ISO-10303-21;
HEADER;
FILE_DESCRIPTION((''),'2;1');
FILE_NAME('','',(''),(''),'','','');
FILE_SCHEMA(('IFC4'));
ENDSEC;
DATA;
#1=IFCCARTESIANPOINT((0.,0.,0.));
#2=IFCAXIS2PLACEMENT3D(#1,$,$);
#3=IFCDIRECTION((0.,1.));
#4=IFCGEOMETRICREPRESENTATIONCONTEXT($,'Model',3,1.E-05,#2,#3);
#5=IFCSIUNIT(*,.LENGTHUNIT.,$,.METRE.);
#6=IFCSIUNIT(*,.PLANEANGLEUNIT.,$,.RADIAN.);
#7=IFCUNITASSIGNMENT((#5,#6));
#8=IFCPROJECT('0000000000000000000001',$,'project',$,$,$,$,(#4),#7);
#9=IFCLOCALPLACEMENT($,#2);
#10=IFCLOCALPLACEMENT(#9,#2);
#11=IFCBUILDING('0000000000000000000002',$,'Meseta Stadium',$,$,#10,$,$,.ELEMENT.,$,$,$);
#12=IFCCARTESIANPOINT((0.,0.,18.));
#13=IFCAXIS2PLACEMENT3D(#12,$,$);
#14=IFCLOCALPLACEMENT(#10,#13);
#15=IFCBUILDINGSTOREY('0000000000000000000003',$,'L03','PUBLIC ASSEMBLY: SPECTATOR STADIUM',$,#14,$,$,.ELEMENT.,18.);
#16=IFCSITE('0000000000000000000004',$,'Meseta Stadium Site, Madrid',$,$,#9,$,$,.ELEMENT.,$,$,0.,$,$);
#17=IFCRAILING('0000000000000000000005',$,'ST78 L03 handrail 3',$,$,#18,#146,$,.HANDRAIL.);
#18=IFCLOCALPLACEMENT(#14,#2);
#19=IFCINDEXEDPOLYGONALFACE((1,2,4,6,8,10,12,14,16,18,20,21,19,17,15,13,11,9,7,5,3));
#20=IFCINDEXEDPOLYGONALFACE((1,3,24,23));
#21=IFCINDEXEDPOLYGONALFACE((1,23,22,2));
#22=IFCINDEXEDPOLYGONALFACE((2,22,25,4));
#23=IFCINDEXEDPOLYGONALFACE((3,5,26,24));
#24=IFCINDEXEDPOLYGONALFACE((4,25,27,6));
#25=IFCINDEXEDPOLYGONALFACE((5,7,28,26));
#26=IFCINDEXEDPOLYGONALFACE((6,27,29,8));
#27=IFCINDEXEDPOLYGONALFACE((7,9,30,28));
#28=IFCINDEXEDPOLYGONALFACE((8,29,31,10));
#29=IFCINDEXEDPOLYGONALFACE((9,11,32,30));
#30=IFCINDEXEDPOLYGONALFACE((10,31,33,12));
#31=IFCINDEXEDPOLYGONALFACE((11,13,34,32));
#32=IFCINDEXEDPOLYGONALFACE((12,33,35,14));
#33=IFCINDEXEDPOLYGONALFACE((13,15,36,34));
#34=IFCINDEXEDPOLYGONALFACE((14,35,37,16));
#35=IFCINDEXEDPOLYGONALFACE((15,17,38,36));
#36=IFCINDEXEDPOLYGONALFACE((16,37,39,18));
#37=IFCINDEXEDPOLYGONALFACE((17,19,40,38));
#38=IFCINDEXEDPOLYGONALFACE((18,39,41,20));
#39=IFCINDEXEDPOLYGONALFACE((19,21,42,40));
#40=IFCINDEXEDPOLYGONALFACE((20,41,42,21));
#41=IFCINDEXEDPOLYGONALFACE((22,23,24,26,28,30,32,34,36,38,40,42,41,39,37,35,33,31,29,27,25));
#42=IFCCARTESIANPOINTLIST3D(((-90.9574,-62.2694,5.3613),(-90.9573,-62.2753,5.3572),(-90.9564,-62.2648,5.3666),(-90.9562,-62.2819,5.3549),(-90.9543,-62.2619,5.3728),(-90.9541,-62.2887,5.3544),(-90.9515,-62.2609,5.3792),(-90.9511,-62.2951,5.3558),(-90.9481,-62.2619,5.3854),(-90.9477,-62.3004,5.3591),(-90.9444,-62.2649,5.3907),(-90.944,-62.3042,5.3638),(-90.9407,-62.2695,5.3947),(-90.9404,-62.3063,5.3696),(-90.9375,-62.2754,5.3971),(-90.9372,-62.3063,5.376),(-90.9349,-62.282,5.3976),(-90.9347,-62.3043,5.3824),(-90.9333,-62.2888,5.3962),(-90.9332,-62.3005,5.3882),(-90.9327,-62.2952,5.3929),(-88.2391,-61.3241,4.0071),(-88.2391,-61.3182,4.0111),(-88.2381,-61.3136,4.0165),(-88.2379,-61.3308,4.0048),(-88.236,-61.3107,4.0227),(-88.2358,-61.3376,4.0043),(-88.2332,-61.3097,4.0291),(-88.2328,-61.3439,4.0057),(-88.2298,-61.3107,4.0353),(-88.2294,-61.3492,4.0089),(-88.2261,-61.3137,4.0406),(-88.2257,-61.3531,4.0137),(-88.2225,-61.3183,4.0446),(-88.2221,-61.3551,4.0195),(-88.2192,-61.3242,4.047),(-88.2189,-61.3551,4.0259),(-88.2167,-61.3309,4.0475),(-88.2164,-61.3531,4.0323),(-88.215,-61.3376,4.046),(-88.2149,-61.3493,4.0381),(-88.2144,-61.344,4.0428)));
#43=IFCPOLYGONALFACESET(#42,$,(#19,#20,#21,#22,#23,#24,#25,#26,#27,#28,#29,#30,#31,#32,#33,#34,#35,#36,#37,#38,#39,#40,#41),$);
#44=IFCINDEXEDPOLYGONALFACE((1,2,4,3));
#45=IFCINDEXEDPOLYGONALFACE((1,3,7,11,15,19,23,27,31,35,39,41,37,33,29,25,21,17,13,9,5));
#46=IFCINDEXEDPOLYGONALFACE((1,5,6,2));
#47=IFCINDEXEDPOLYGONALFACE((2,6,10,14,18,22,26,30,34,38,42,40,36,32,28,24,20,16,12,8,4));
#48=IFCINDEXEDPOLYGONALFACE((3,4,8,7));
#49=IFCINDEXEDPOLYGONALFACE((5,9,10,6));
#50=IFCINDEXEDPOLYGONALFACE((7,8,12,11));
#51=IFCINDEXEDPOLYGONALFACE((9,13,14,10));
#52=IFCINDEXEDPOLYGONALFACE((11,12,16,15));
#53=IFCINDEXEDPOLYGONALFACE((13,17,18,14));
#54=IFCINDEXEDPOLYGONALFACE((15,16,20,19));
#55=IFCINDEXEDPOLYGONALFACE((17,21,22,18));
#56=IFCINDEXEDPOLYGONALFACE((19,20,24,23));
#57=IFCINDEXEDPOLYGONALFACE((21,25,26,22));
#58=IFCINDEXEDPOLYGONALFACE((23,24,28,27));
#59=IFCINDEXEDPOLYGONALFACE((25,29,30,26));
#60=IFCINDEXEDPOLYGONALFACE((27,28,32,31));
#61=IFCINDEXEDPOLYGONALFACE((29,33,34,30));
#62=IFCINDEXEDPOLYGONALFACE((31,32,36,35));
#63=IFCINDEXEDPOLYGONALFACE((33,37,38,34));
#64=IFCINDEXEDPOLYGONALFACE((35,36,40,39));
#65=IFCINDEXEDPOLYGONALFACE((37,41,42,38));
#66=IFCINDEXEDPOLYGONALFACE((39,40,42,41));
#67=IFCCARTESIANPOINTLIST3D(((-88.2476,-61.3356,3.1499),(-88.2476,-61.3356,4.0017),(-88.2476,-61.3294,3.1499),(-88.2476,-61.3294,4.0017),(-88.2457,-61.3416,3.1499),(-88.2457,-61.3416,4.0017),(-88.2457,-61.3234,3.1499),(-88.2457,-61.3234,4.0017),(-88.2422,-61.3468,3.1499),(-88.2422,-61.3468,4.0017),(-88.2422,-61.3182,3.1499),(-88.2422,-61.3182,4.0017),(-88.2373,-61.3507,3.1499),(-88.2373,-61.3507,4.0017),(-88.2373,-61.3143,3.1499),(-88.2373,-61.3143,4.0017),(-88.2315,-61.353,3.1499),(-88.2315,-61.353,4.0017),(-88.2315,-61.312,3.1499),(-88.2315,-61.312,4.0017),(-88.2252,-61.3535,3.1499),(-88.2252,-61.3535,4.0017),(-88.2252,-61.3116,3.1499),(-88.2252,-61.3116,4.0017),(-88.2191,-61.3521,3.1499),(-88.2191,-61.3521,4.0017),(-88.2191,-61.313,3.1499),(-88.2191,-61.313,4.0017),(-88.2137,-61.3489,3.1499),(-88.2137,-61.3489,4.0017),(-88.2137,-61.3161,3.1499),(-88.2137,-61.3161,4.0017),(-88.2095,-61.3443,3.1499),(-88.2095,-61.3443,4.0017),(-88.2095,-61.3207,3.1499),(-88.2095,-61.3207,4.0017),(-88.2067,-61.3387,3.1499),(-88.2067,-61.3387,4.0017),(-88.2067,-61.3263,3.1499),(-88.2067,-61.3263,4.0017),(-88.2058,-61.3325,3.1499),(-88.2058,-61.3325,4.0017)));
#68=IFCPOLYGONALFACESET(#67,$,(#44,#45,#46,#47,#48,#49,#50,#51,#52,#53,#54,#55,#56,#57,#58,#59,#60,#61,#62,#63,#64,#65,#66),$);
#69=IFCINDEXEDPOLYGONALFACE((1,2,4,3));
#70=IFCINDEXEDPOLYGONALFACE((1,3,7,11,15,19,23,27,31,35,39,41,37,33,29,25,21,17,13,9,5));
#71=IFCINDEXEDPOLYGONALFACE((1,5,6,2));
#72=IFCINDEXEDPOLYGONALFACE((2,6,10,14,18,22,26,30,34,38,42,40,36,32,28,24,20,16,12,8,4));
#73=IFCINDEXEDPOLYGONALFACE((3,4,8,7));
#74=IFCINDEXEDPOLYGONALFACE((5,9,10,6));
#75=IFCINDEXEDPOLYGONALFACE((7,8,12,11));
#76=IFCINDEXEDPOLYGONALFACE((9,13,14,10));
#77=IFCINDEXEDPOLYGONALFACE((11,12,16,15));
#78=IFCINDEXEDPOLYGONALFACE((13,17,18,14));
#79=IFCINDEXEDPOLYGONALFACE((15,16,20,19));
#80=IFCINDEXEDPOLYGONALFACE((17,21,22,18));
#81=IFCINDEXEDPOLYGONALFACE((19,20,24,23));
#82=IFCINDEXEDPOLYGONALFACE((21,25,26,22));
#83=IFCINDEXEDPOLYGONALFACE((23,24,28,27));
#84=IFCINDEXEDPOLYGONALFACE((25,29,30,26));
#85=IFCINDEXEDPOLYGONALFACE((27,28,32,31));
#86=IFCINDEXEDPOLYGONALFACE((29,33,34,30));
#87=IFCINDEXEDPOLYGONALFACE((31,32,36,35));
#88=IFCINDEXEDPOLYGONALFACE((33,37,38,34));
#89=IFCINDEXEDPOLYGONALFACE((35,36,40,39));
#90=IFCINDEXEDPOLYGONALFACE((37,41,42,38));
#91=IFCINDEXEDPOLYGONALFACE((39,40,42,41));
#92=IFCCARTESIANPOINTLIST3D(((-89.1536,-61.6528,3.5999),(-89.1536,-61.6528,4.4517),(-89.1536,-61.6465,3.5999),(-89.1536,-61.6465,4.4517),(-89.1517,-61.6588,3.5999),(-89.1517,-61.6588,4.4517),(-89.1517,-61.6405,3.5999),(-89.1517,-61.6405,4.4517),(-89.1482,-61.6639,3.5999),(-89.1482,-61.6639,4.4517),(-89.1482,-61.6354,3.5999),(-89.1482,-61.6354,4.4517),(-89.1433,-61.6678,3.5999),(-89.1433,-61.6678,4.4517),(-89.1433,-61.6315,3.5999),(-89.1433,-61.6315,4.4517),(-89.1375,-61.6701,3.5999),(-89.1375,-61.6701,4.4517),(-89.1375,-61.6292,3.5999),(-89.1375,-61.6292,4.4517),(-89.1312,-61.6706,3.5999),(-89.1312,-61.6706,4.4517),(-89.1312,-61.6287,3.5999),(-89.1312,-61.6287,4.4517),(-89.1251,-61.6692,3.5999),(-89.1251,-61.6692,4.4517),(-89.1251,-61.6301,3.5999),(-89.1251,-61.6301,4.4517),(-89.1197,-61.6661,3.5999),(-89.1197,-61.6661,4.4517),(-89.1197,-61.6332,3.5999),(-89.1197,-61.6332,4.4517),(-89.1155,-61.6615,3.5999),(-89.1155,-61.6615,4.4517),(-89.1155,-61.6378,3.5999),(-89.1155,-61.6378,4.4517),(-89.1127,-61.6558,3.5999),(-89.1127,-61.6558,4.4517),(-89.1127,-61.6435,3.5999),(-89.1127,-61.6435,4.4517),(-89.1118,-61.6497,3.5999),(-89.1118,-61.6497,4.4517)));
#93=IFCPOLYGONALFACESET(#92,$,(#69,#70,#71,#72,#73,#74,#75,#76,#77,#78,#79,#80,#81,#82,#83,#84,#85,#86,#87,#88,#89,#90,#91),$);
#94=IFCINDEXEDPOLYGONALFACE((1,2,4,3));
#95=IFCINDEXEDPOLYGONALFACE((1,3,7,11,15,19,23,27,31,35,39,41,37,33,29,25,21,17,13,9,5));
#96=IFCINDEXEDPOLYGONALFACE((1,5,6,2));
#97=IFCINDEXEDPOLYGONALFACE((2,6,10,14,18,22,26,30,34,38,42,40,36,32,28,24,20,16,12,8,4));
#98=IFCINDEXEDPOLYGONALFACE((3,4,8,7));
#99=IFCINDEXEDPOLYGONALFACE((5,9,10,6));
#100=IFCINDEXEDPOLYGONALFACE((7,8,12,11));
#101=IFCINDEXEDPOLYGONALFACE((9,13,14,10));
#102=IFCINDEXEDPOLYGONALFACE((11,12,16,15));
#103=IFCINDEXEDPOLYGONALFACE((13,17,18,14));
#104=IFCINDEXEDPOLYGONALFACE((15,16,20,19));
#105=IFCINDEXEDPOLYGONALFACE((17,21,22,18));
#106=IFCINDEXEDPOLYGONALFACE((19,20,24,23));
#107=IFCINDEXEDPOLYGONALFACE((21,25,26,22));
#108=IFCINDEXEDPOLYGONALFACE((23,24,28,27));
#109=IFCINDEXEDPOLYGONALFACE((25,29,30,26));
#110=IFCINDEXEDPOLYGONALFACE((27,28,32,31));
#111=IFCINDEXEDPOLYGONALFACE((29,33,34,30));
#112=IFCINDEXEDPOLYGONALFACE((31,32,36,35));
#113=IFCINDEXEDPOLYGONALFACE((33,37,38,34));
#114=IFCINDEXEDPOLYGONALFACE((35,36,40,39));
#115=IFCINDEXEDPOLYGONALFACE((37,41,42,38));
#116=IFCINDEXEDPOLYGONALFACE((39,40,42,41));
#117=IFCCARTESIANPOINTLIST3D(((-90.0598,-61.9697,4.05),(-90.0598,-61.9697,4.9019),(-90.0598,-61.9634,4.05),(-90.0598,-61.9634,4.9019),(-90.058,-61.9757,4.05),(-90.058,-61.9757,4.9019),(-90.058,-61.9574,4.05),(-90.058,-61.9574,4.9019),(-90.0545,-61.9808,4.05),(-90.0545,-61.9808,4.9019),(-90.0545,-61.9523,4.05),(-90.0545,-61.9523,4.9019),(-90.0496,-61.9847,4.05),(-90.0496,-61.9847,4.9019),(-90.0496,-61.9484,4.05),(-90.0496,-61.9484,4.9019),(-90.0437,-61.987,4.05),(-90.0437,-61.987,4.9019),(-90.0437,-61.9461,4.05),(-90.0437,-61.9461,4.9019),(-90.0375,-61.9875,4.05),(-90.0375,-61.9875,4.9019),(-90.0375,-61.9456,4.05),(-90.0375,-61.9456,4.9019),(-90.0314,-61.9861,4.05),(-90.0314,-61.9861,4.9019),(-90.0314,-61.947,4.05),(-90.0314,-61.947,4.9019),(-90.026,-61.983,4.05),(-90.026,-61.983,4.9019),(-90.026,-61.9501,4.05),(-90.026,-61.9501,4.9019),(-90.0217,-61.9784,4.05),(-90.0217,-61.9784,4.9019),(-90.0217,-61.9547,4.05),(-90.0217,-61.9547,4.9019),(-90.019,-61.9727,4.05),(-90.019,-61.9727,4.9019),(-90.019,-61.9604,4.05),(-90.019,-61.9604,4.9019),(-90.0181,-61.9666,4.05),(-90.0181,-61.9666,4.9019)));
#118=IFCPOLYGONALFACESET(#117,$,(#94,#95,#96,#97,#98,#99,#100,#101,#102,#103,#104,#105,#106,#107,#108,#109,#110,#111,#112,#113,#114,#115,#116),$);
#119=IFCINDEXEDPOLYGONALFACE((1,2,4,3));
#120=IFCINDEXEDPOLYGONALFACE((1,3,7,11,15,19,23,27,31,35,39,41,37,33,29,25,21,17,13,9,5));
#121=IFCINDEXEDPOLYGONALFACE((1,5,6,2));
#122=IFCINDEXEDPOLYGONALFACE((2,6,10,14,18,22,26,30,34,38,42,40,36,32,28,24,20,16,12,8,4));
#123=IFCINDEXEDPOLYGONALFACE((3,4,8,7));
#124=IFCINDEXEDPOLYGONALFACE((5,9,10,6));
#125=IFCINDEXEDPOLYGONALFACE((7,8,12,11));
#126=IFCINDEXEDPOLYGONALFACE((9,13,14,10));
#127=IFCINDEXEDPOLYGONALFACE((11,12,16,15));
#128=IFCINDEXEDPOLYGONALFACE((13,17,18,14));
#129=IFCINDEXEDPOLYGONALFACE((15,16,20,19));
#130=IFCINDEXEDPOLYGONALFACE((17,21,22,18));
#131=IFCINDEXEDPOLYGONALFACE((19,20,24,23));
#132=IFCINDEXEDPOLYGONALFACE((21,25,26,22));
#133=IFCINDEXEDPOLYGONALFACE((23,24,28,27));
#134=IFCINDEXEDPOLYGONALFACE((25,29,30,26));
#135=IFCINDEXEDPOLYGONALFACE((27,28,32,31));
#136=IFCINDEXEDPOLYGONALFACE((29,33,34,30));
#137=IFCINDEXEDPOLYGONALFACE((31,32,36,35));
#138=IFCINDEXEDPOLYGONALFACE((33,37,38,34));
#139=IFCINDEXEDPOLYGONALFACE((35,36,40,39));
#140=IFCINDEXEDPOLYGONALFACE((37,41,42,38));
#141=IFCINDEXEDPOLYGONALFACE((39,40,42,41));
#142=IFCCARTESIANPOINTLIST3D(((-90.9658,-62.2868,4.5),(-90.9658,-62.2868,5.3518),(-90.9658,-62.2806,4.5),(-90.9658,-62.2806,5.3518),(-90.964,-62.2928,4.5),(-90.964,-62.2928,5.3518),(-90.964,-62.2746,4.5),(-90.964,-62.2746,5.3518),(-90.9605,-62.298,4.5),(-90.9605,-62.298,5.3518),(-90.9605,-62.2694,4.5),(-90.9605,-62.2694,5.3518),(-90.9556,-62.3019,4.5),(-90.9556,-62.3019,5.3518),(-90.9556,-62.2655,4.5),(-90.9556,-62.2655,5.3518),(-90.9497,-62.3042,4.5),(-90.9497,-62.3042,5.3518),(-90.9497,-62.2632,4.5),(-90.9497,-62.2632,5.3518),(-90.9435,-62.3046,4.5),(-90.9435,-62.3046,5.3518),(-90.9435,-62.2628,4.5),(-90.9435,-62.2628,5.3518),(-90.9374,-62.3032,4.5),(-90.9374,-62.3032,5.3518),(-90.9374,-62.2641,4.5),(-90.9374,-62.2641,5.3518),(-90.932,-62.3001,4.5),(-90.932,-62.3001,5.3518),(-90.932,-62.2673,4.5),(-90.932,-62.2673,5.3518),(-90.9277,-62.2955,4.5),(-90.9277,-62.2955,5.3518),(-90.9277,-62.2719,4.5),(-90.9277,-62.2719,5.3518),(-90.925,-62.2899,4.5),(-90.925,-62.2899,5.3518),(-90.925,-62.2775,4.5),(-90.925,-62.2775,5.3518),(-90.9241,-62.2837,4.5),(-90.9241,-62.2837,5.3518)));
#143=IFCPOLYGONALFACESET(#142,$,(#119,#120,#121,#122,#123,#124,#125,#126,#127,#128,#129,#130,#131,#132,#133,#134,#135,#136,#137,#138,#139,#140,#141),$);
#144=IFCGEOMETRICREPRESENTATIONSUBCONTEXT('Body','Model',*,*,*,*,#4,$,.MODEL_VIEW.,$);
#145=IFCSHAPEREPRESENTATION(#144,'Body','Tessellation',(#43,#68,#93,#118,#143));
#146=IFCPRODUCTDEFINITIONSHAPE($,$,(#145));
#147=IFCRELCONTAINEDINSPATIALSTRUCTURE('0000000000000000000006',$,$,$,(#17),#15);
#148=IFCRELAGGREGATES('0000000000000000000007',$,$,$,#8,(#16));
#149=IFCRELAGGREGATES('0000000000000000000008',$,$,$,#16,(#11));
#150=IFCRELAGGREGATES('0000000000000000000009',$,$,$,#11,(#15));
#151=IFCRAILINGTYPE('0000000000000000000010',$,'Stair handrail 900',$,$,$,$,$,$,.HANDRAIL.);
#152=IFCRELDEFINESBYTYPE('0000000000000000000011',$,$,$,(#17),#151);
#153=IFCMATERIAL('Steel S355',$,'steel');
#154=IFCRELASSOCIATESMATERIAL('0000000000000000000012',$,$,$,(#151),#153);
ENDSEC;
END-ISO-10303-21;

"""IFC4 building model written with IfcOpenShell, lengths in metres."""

from ifc_helpers import new_model, si_unit, direction, frame, origin, origin_2d, place, context, subcontext, project, spatial, circle, extrude, material, type_object, element, save


model = new_model("IFC4")

# Units and contexts
model_context = context("Model", 3, precision=1e-05, world=origin(), true_north=direction((0.0, 1.0)))
body_context = subcontext(model_context, "Body", "Model", "MODEL_VIEW")
ifc_project = project(units=[si_unit("LENGTHUNIT", "METRE"), si_unit("PLANEANGLEUNIT", "RADIAN")], contexts=[model_context])

# Site, building, storey
site_placement = place(None, origin())
site = spatial("IfcSite", under=ifc_project, at=site_placement, Name="Meseta Stadium Site, Madrid", CompositionType="ELEMENT", RefElevation=0.0)
building_placement = place(site_placement, origin())
building = spatial("IfcBuilding", under=site, at=building_placement, Name="Meseta Stadium", CompositionType="ELEMENT")
storey_placement = place(building_placement, frame((0.0, 0.0, 18.0)))
storey = spatial("IfcBuildingStorey", under=building, at=storey_placement, Name="L03", Description="PUBLIC ASSEMBLY: SPECTATOR STADIUM", CompositionType="ELEMENT", Elevation=18.0)

# Railing
ifc_material_1 = material(Name="Steel S355", Category="steel")
railing_type_1 = type_object("IfcRailingType", Name="Stair handrail 900", PredefinedType="HANDRAIL", material=ifc_material_1)
for number, where, name in (
    (1, (-88.2268, -61.3325, 3.1499), "ST78 L03 handrail 3"),
):
    element("IfcRailing", number, at=place(storey_placement, frame(where)), inside=storey, type_object=railing_type_1, Name=name, PredefinedType="HANDRAIL", context=body_context, shape_type="SweptSolid", body=[
        extrude(circle(Radius=0.0239, at=origin_2d()), frame((0.0, 0.0, 0.876), z_axis=(-0.854629, -0.299051, 0.424474), x_axis=(0.330282, -0.943882, 0.0)), (0.0, 0.0, 1.0), 3.1807),
        extrude(circle(Radius=0.021, at=origin_2d()), origin(), (0.0, 0.0, 1.0), 0.8518),
        extrude(circle(Radius=0.021, at=origin_2d()), frame((-0.906, -0.3171, 0.45)), (0.0, 0.0, 1.0), 0.8518),
        extrude(circle(Radius=0.021, at=origin_2d()), frame((-1.8123, -0.634, 0.9001)), (0.0, 0.0, 1.0), 0.8518),
        extrude(circle(Radius=0.021, at=origin_2d()), frame((-2.7183, -0.9512, 1.3501)), (0.0, 0.0, 1.0), 0.8518),
    ])

save(model, "model.ifc")
